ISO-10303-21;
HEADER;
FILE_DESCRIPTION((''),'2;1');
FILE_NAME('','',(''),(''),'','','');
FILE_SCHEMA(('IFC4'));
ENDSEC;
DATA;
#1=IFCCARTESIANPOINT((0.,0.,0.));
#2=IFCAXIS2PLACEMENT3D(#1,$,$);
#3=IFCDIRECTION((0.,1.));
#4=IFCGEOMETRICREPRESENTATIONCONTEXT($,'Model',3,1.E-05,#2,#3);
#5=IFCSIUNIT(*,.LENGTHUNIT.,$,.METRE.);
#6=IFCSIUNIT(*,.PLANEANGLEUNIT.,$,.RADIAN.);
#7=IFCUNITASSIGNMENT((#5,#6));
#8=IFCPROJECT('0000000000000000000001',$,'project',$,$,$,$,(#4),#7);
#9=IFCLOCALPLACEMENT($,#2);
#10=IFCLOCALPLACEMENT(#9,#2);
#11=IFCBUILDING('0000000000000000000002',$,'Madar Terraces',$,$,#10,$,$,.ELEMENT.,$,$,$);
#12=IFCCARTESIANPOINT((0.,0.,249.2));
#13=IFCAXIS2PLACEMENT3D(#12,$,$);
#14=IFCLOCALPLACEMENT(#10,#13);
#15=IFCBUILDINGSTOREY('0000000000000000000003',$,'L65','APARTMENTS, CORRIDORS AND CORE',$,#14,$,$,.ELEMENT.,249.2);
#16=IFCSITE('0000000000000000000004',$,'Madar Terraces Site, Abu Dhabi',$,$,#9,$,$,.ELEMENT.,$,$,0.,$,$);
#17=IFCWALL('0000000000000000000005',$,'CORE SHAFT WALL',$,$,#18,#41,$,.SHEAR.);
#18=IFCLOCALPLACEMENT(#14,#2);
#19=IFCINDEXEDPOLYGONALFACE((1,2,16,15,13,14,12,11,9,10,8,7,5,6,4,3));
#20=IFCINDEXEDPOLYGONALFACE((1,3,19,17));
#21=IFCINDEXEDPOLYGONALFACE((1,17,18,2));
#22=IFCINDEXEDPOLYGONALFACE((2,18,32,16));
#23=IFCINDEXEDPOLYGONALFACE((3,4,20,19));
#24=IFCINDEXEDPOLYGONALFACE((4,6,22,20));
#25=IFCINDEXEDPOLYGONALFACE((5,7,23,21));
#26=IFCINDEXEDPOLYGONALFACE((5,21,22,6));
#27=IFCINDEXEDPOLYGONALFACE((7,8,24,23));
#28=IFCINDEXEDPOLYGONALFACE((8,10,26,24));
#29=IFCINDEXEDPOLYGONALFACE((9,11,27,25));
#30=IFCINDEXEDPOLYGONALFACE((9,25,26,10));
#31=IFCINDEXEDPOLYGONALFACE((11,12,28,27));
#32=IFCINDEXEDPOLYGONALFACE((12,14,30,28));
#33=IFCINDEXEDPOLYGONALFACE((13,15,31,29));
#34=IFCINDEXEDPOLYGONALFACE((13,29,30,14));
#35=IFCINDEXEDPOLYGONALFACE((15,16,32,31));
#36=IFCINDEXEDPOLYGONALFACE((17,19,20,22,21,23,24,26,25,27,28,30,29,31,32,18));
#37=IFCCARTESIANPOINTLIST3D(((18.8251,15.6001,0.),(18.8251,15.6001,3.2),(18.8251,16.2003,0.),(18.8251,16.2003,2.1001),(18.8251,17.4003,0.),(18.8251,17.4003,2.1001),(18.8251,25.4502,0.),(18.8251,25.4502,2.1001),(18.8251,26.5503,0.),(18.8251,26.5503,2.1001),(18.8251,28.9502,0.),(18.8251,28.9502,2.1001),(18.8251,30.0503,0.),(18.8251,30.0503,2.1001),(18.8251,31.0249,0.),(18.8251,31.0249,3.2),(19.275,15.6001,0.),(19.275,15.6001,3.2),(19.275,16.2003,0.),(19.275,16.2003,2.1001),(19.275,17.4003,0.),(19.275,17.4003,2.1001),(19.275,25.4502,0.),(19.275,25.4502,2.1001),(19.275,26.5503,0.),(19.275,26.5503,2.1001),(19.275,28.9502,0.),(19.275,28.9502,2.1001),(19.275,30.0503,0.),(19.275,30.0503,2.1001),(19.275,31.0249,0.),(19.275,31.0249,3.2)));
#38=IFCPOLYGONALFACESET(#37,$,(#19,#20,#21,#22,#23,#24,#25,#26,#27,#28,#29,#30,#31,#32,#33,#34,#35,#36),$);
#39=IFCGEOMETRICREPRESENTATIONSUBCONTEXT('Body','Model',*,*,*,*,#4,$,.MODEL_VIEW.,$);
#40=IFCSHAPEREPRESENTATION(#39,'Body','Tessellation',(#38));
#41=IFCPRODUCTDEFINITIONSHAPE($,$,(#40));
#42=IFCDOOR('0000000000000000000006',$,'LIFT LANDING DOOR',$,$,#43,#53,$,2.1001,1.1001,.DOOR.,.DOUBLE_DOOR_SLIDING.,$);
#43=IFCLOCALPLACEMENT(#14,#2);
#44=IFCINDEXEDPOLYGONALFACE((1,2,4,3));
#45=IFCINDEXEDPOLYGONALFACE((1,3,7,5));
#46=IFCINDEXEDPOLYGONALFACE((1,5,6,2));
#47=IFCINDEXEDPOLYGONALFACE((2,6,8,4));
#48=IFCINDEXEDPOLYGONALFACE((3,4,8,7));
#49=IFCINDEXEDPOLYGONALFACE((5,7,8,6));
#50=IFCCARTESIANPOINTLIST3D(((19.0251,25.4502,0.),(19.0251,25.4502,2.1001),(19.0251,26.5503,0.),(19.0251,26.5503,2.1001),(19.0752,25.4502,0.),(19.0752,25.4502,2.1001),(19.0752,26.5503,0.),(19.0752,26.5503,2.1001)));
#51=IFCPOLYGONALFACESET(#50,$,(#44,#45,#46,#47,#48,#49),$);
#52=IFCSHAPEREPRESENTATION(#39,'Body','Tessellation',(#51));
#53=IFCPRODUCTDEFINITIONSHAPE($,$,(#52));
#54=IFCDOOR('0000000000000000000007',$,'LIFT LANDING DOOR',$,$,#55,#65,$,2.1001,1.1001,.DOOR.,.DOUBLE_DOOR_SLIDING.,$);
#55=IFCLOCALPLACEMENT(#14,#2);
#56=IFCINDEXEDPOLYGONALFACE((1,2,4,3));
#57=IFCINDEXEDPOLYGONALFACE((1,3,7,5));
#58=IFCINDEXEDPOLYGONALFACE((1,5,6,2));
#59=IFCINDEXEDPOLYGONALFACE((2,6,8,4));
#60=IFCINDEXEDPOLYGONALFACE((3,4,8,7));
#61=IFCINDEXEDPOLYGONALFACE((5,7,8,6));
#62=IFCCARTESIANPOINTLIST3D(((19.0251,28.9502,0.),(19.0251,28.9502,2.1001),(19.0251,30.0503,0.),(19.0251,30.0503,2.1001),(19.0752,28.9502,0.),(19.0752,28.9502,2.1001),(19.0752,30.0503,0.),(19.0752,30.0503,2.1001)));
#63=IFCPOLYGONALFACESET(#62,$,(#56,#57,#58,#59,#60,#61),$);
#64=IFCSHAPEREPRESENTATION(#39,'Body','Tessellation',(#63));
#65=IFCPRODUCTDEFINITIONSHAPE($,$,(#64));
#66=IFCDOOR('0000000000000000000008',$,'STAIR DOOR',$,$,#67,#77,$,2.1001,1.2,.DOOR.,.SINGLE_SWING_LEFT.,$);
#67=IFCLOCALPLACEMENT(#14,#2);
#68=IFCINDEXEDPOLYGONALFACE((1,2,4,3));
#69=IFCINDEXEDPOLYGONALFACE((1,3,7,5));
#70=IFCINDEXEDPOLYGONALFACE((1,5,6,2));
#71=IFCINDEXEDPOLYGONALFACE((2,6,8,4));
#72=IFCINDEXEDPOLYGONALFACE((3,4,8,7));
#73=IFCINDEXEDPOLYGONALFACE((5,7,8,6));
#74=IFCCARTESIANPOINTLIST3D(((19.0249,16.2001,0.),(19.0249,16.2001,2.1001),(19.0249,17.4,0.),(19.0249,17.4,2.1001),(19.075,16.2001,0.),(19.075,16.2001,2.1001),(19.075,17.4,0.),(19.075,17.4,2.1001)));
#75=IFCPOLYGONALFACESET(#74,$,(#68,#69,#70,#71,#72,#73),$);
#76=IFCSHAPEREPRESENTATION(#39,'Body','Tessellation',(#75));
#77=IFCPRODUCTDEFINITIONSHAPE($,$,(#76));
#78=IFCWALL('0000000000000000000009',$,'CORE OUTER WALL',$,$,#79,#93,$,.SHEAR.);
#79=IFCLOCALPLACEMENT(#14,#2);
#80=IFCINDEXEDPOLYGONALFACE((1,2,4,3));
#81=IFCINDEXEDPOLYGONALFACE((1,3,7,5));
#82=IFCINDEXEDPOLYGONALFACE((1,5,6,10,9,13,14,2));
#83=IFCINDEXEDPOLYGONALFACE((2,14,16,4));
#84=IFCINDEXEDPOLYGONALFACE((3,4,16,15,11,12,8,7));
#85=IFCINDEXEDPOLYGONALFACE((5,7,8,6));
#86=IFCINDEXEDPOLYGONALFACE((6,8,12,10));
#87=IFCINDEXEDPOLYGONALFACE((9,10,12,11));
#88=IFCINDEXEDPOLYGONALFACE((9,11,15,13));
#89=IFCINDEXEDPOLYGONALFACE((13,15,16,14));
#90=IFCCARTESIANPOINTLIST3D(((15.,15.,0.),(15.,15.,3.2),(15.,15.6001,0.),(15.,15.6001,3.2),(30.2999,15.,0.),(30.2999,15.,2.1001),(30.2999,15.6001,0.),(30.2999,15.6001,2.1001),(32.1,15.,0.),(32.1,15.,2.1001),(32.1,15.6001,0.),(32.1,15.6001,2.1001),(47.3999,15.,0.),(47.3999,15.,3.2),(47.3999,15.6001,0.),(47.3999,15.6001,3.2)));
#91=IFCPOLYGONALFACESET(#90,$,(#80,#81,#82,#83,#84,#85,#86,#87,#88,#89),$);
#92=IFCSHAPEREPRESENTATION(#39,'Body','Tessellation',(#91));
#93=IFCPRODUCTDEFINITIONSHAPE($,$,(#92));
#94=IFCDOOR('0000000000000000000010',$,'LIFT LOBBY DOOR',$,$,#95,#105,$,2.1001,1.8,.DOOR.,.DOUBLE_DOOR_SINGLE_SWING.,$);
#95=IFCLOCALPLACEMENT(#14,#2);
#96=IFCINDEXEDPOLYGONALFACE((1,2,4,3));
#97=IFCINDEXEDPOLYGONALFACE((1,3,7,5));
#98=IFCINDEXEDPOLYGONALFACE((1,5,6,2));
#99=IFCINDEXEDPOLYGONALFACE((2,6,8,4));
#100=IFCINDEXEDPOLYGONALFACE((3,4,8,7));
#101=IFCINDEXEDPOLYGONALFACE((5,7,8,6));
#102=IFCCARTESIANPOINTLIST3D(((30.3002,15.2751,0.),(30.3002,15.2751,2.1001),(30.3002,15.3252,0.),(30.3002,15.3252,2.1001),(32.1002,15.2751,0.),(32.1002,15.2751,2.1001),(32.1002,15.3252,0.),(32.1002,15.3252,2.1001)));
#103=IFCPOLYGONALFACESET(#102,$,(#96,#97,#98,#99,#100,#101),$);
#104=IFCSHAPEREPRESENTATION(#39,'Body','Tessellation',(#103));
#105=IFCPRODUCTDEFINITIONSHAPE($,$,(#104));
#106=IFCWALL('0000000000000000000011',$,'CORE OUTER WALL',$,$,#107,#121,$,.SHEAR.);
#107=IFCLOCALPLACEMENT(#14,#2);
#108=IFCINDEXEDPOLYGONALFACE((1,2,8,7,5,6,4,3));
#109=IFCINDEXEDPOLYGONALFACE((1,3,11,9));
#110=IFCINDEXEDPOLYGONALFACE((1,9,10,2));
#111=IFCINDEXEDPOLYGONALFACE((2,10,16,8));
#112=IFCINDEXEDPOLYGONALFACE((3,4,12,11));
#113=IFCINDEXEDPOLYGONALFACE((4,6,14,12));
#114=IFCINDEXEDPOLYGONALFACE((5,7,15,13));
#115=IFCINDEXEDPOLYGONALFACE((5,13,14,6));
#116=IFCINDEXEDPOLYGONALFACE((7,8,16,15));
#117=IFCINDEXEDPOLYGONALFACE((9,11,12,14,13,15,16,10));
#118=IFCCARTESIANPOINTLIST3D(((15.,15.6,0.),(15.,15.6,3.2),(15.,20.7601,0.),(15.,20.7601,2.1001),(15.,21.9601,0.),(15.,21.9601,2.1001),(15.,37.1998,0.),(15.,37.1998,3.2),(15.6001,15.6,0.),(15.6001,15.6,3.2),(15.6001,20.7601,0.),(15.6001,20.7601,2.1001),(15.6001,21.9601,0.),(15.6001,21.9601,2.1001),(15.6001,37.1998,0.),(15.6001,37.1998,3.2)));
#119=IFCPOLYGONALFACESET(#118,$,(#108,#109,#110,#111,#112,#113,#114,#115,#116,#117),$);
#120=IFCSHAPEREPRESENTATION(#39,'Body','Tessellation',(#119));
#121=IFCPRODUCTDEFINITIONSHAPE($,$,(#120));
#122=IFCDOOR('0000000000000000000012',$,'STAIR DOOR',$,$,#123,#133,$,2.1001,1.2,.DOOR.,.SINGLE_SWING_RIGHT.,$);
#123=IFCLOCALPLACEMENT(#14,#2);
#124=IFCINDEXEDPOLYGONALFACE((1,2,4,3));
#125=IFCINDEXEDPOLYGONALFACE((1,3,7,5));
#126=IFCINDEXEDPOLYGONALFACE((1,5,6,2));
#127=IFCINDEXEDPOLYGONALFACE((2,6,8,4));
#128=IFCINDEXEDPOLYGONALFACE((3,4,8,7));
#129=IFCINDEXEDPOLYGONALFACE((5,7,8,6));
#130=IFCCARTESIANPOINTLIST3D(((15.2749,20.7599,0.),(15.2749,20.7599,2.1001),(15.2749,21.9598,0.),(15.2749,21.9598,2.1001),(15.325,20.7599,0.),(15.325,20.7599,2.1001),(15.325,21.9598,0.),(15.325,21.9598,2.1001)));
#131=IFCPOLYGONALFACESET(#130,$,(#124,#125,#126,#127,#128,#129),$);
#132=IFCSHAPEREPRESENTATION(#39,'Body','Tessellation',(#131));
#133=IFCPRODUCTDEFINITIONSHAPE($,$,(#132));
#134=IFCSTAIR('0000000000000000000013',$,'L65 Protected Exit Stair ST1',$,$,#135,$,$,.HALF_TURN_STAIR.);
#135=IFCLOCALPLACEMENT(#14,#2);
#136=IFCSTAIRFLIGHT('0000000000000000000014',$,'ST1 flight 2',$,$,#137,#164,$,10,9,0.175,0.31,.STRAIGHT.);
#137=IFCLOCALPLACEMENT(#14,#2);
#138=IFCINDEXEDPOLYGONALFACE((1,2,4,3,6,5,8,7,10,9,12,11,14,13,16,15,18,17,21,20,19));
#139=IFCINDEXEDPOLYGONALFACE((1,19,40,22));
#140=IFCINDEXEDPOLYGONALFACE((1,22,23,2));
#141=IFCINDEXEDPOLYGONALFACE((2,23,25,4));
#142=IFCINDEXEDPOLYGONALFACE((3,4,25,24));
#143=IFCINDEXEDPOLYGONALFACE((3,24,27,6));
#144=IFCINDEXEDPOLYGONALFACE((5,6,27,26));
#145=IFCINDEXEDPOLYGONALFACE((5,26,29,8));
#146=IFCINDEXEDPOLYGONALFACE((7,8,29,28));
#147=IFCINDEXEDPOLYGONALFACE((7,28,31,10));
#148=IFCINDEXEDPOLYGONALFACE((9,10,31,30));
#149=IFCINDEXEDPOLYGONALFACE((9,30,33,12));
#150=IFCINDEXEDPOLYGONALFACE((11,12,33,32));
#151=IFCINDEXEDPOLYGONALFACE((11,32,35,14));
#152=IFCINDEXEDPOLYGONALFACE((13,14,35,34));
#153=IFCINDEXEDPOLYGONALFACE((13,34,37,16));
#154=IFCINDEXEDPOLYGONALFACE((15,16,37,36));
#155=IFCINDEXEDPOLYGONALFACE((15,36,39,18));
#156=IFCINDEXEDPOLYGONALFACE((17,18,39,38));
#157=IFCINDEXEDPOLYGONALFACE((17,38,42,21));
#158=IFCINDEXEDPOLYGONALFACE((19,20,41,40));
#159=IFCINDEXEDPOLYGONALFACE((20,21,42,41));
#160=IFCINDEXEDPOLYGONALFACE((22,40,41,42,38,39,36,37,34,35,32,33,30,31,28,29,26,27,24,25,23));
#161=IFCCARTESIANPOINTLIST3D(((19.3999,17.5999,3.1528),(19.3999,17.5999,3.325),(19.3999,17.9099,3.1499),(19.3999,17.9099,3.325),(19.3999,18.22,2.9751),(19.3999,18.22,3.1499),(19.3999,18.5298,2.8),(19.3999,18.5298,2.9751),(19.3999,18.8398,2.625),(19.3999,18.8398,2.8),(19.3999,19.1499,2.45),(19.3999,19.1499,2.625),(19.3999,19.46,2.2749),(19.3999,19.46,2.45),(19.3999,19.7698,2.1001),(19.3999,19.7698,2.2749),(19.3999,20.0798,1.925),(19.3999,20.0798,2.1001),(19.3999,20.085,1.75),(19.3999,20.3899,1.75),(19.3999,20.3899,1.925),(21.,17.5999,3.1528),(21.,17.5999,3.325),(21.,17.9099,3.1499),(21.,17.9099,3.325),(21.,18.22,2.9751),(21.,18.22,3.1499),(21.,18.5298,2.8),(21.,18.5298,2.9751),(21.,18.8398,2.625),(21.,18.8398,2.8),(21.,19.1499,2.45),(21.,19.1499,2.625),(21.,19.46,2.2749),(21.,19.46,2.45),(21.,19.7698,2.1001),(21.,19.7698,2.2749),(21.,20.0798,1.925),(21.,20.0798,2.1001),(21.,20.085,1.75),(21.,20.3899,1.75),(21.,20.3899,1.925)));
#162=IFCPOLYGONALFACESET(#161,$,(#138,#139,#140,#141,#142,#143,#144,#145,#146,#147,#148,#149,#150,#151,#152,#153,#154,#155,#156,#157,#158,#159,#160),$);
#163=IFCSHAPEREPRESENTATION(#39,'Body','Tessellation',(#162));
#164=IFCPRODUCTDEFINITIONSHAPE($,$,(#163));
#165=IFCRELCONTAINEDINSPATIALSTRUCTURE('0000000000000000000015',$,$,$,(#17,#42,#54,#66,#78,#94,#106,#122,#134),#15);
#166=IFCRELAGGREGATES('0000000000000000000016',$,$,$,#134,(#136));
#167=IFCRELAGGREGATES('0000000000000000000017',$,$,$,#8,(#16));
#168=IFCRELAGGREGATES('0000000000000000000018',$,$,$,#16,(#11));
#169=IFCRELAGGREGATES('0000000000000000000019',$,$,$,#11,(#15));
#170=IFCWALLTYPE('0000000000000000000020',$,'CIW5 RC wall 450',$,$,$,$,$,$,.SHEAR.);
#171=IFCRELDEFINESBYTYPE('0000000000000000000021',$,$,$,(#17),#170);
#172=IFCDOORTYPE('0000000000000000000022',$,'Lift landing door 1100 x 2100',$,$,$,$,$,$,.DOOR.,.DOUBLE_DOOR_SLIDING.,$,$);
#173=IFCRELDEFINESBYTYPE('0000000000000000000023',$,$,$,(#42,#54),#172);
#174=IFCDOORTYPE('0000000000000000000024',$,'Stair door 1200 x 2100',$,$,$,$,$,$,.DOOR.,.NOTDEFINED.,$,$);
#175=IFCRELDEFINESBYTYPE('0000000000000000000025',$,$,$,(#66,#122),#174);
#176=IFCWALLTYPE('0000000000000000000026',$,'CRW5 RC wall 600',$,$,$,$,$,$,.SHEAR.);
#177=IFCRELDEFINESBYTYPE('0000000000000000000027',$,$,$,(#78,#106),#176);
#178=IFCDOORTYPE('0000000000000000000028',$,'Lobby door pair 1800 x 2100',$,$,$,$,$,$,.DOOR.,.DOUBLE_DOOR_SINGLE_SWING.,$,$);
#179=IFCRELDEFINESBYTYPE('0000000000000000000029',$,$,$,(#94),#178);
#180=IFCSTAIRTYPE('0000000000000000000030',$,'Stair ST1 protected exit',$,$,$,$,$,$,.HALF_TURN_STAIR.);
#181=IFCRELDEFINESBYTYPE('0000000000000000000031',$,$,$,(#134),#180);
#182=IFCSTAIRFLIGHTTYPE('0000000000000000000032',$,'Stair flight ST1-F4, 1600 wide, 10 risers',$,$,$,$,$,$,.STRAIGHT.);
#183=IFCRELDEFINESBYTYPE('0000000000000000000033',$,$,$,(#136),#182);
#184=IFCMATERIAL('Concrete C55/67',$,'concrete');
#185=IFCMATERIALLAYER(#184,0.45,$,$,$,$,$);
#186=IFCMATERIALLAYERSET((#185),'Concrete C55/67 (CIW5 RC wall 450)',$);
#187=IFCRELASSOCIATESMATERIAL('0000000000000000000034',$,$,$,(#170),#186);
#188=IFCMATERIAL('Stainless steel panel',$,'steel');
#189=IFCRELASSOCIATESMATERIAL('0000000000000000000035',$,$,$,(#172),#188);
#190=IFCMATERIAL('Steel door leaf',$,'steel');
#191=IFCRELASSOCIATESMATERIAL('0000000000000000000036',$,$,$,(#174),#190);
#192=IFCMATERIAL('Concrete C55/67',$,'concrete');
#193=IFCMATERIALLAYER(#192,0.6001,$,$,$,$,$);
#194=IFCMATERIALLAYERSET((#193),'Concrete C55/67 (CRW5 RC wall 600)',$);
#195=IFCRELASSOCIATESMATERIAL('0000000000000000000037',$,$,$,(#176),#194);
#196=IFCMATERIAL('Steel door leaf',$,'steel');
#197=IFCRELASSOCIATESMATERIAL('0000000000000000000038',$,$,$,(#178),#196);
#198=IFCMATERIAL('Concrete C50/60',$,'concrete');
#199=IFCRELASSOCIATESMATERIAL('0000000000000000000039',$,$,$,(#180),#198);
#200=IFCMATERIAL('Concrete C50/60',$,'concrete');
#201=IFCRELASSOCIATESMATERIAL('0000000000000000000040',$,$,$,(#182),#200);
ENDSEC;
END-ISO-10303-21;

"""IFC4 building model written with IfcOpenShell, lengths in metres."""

from ifc_helpers import new_model, si_unit, direction, frame, frame_2d, origin, place, context, subcontext, project, spatial, polyline, rectangle, outline, extrude, material, layer, layer_set, type_object, element, fill, aggregate, save


model = new_model("IFC4")

# Units and contexts
model_context = context("Model", 3, precision=1e-05, world=origin(), true_north=direction((0.0, 1.0)))
body_context = subcontext(model_context, "Body", "Model", "MODEL_VIEW")
ifc_project = project(units=[si_unit("LENGTHUNIT", "METRE"), si_unit("PLANEANGLEUNIT", "RADIAN")], contexts=[model_context])

# Site, building, storey
site_placement = place(None, origin())
site = spatial("IfcSite", under=ifc_project, at=site_placement, Name="Madar Terraces Site, Abu Dhabi", CompositionType="ELEMENT", RefElevation=0.0)
building_placement = place(site_placement, origin())
building = spatial("IfcBuilding", under=site, at=building_placement, Name="Madar Terraces", CompositionType="ELEMENT")
storey_placement = place(building_placement, frame((0.0, 0.0, 249.2)))
storey = spatial("IfcBuildingStorey", under=building, at=storey_placement, Name="L65", Description="APARTMENTS, CORRIDORS AND CORE", CompositionType="ELEMENT", Elevation=249.2)

# Wall, openings, doors
ifc_material_1 = material(Name="Concrete C55/67", Category="concrete")
ifc_layer_1 = layer(ifc_material_1, 0.45)
ifc_layer_set_1 = layer_set([ifc_layer_1], Name="Concrete C55/67 (CIW5 RC wall 450)")
wall_type_1 = type_object("IfcWallType", Name="CIW5 RC wall 450", PredefinedType="SHEAR", material=ifc_layer_set_1)
wall_1_placement = place(storey_placement, frame((19.05, 15.6001, 0.0), z_axis=(0.0, 0.0, 1.0), x_axis=(0.0, 1.0, 0.0)))
wall_1 = element("IfcWall", 1, at=wall_1_placement, inside=storey, type_object=wall_type_1, Name="CORE SHAFT WALL", PredefinedType="SHEAR", context=body_context, shape_type="SweptSolid", body=[
    extrude(rectangle(XDim=15.4248, YDim=0.45, at=frame_2d((7.7124, 0.0))), origin(), (0.0, 0.0, 1.0), 3.2),
])
opening_1_placement = place(wall_1_placement, frame((9.8501, 0.0, 0.0)))
opening_1 = element("IfcOpeningElement", 2, at=opening_1_placement, cuts=wall_1, PredefinedType="OPENING", context=body_context, shape_type="SweptSolid", body=[
    extrude(rectangle(XDim=1.1001, YDim=2.1001, at=frame_2d((0.55, 1.05))), frame((0.0, 0.2349, 0.0), z_axis=(0.0, -1.0, 0.0), x_axis=(1.0, 0.0, 0.0)), (0.0, 0.0, 1.0), 0.47),
])
opening_2_placement = place(wall_1_placement, frame((13.3501, 0.0, 0.0)))
opening_2 = element("IfcOpeningElement", 3, at=opening_2_placement, cuts=wall_1, PredefinedType="OPENING", context=body_context, shape_type="SweptSolid", body=[
    extrude(rectangle(XDim=1.1001, YDim=2.1001, at=frame_2d((0.55, 1.05))), frame((0.0, 0.2349, 0.0), z_axis=(0.0, -1.0, 0.0), x_axis=(1.0, 0.0, 0.0)), (0.0, 0.0, 1.0), 0.47),
])
opening_3_placement = place(wall_1_placement, frame((0.6001, 0.0, 0.0)))
opening_3 = element("IfcOpeningElement", 4, at=opening_3_placement, cuts=wall_1, PredefinedType="OPENING", context=body_context, shape_type="SweptSolid", body=[
    extrude(rectangle(XDim=1.2, YDim=2.1001, at=frame_2d((0.6001, 1.05))), frame((0.0, 0.2349, 0.0), z_axis=(0.0, -1.0, 0.0), x_axis=(1.0, 0.0, 0.0)), (0.0, 0.0, 1.0), 0.47),
])
ifc_material_2 = material(Name="Stainless steel panel", Category="steel")
door_type_1 = type_object("IfcDoorType", Name="Lift landing door 1100 x 2100", OperationType="DOUBLE_DOOR_SLIDING", PredefinedType="DOOR", material=ifc_material_2)
door_1_placement = place(opening_1_placement, origin())
door_1 = element("IfcDoor", 5, at=door_1_placement, inside=storey, type_object=door_type_1, Name="LIFT LANDING DOOR", OperationType="DOUBLE_DOOR_SLIDING", OverallHeight=2.1001, OverallWidth=1.1001, PredefinedType="DOOR", context=body_context, shape_type="SweptSolid", body=[
    extrude(rectangle(XDim=1.1001, YDim=2.1001, at=frame_2d((0.55, 1.05))), frame((0.0, 0.0249, 0.0), z_axis=(0.0, -1.0, 0.0), x_axis=(1.0, 0.0, 0.0)), (0.0, 0.0, 1.0), 0.05),
])
fill(opening_1, door_1)
door_2_placement = place(opening_2_placement, origin())
door_2 = element("IfcDoor", 6, at=door_2_placement, inside=storey, type_object=door_type_1, Name="LIFT LANDING DOOR", OperationType="DOUBLE_DOOR_SLIDING", OverallHeight=2.1001, OverallWidth=1.1001, PredefinedType="DOOR", context=body_context, shape_type="SweptSolid", body=[
    extrude(rectangle(XDim=1.1001, YDim=2.1001, at=frame_2d((0.55, 1.05))), frame((0.0, 0.0249, 0.0), z_axis=(0.0, -1.0, 0.0), x_axis=(1.0, 0.0, 0.0)), (0.0, 0.0, 1.0), 0.05),
])
fill(opening_2, door_2)
ifc_material_3 = material(Name="Steel door leaf", Category="steel")
door_type_2 = type_object("IfcDoorType", Name="Stair door 1200 x 2100", OperationType="NOTDEFINED", PredefinedType="DOOR", material=ifc_material_3)
door_3_placement = place(opening_3_placement, frame((1.2, 0.0, 0.0), z_axis=(0.0, 0.0, 1.0), x_axis=(-1.0, 0.0, 0.0)))
door_3 = element("IfcDoor", 7, at=door_3_placement, inside=storey, type_object=door_type_2, Name="STAIR DOOR", OperationType="SINGLE_SWING_LEFT", OverallHeight=2.1001, OverallWidth=1.2, PredefinedType="DOOR", context=body_context, shape_type="SweptSolid", body=[
    extrude(rectangle(XDim=1.2, YDim=2.1001, at=frame_2d((0.6001, 1.05))), frame((0.0, 0.0249, 0.0), z_axis=(0.0, -1.0, 0.0), x_axis=(1.0, 0.0, 0.0)), (0.0, 0.0, 1.0), 0.05),
])
fill(opening_3, door_3)

# Walls, openings, doors
ifc_material_4 = material(Name="Concrete C55/67", Category="concrete")
ifc_layer_2 = layer(ifc_material_4, 0.6001)
ifc_layer_set_2 = layer_set([ifc_layer_2], Name="Concrete C55/67 (CRW5 RC wall 600)")
wall_type_2 = type_object("IfcWallType", Name="CRW5 RC wall 600", PredefinedType="SHEAR", material=ifc_layer_set_2)
wall_2_placement = place(storey_placement, frame((15.0, 15.3, 0.0), z_axis=(0.0, 0.0, 1.0), x_axis=(1.0, 0.0, 0.0)))
wall_2 = element("IfcWall", 8, at=wall_2_placement, inside=storey, type_object=wall_type_2, Name="CORE OUTER WALL", PredefinedType="SHEAR", context=body_context, shape_type="SweptSolid", body=[
    extrude(rectangle(XDim=32.3999, YDim=0.6001, at=frame_2d((16.2, 0.0))), origin(), (0.0, 0.0, 1.0), 3.2),
])
opening_4_placement = place(wall_2_placement, frame((15.3, 0.0, 0.0)))
opening_4 = element("IfcOpeningElement", 9, at=opening_4_placement, cuts=wall_2, PredefinedType="OPENING", context=body_context, shape_type="SweptSolid", body=[
    extrude(rectangle(XDim=1.8, YDim=2.1001, at=frame_2d((0.8999, 1.05))), frame((0.0, 0.3101, 0.0), z_axis=(0.0, -1.0, 0.0), x_axis=(1.0, 0.0, 0.0)), (0.0, 0.0, 1.0), 0.6201),
])
ifc_material_5 = material(Name="Steel door leaf", Category="steel")
door_type_3 = type_object("IfcDoorType", Name="Lobby door pair 1800 x 2100", OperationType="DOUBLE_DOOR_SINGLE_SWING", PredefinedType="DOOR", material=ifc_material_5)
door_4_placement = place(opening_4_placement, frame((1.8, 0.0, 0.0), z_axis=(0.0, 0.0, 1.0), x_axis=(-1.0, 0.0, 0.0)))
door_4 = element("IfcDoor", 10, at=door_4_placement, inside=storey, type_object=door_type_3, Name="LIFT LOBBY DOOR", OperationType="DOUBLE_DOOR_SINGLE_SWING", OverallHeight=2.1001, OverallWidth=1.8, PredefinedType="DOOR", context=body_context, shape_type="SweptSolid", body=[
    extrude(rectangle(XDim=1.8, YDim=2.1001, at=frame_2d((0.8999, 1.05))), frame((0.0, 0.0249, 0.0), z_axis=(0.0, -1.0, 0.0), x_axis=(1.0, 0.0, 0.0)), (0.0, 0.0, 1.0), 0.05),
])
fill(opening_4, door_4)
wall_3_placement = place(storey_placement, frame((15.3, 15.6001, 0.0), z_axis=(0.0, 0.0, 1.0), x_axis=(0.0, 1.0, 0.0)))
wall_3 = element("IfcWall", 11, at=wall_3_placement, inside=storey, type_object=wall_type_2, Name="CORE OUTER WALL", PredefinedType="SHEAR", context=body_context, shape_type="SweptSolid", body=[
    extrude(rectangle(XDim=21.5999, YDim=0.6001, at=frame_2d((10.7998, 0.0))), origin(), (0.0, 0.0, 1.0), 3.2),
])
opening_5_placement = place(wall_3_placement, frame((5.1599, 0.0, 0.0)))
opening_5 = element("IfcOpeningElement", 12, at=opening_5_placement, cuts=wall_3, PredefinedType="OPENING", context=body_context, shape_type="SweptSolid", body=[
    extrude(rectangle(XDim=1.2, YDim=2.1001, at=frame_2d((0.6001, 1.05))), frame((0.0, 0.3101, 0.0), z_axis=(0.0, -1.0, 0.0), x_axis=(1.0, 0.0, 0.0)), (0.0, 0.0, 1.0), 0.6201),
])
door_5_placement = place(opening_5_placement, frame((1.2, 0.0, 0.0), z_axis=(0.0, 0.0, 1.0), x_axis=(-1.0, 0.0, 0.0)))
door_5 = element("IfcDoor", 13, at=door_5_placement, inside=storey, type_object=door_type_2, Name="STAIR DOOR", OperationType="SINGLE_SWING_RIGHT", OverallHeight=2.1001, OverallWidth=1.2, PredefinedType="DOOR", context=body_context, shape_type="SweptSolid", body=[
    extrude(rectangle(XDim=1.2, YDim=2.1001, at=frame_2d((0.6001, 1.05))), frame((0.0, 0.0249, 0.0), z_axis=(0.0, -1.0, 0.0), x_axis=(1.0, 0.0, 0.0)), (0.0, 0.0, 1.0), 0.05),
])
fill(opening_5, door_5)

# Stair, stair flight
ifc_material_6 = material(Name="Concrete C50/60", Category="concrete")
stair_type = type_object("IfcStairType", Name="Stair ST1 protected exit", PredefinedType="HALF_TURN_STAIR", material=ifc_material_6)
stair_placement = place(storey_placement, origin())
stair = element("IfcStair", 14, at=stair_placement, inside=storey, type_object=stair_type, Name="L65 Protected Exit Stair ST1", PredefinedType="HALF_TURN_STAIR")
ifc_material_7 = material(Name="Concrete C50/60", Category="concrete")
stair_flight_type = type_object("IfcStairFlightType", Name="Stair flight ST1-F4, 1600 wide, 10 risers", PredefinedType="STRAIGHT", material=ifc_material_7)
stair_flight_placement = place(storey_placement, frame((20.2, 20.3899, 1.75), z_axis=(0.0, 0.0, 1.0), x_axis=(0.0, -1.0, 0.0)))
stair_flight = element("IfcStairFlight", 15, at=stair_flight_placement, type_object=stair_flight_type, Name="ST1 flight 2", NumberOfRisers=10, NumberOfTreads=9, PredefinedType="STRAIGHT", RiserHeight=0.175, TreadLength=0.31, context=body_context, shape_type="SweptSolid", body=[
    extrude(outline(polyline([(0.0, 0.0), (0.0, 0.175), (0.3101, 0.175), (0.3101, 0.3501), (0.6201, 0.3501), (0.6201, 0.5249), (0.9299, 0.5249), (0.9299, 0.7), (1.24, 0.7), (1.24, 0.875), (1.55, 0.875), (1.55, 1.05), (1.8601, 1.05), (1.8601, 1.2251), (2.1699, 1.2251), (2.1699, 1.3999), (2.48, 1.3999), (2.48, 1.575), (2.79, 1.575), (2.79, 1.75), (2.79, 1.4028), (0.3049, 0.0), (0.0, 0.0)])), frame((0.0, 0.8, 0.0), z_axis=(0.0, -1.0, 0.0), x_axis=(1.0, 0.0, 0.0)), (0.0, 0.0, 1.0), 1.6001),
])
aggregate(stair, [stair_flight])

save(model, "model.ifc")
